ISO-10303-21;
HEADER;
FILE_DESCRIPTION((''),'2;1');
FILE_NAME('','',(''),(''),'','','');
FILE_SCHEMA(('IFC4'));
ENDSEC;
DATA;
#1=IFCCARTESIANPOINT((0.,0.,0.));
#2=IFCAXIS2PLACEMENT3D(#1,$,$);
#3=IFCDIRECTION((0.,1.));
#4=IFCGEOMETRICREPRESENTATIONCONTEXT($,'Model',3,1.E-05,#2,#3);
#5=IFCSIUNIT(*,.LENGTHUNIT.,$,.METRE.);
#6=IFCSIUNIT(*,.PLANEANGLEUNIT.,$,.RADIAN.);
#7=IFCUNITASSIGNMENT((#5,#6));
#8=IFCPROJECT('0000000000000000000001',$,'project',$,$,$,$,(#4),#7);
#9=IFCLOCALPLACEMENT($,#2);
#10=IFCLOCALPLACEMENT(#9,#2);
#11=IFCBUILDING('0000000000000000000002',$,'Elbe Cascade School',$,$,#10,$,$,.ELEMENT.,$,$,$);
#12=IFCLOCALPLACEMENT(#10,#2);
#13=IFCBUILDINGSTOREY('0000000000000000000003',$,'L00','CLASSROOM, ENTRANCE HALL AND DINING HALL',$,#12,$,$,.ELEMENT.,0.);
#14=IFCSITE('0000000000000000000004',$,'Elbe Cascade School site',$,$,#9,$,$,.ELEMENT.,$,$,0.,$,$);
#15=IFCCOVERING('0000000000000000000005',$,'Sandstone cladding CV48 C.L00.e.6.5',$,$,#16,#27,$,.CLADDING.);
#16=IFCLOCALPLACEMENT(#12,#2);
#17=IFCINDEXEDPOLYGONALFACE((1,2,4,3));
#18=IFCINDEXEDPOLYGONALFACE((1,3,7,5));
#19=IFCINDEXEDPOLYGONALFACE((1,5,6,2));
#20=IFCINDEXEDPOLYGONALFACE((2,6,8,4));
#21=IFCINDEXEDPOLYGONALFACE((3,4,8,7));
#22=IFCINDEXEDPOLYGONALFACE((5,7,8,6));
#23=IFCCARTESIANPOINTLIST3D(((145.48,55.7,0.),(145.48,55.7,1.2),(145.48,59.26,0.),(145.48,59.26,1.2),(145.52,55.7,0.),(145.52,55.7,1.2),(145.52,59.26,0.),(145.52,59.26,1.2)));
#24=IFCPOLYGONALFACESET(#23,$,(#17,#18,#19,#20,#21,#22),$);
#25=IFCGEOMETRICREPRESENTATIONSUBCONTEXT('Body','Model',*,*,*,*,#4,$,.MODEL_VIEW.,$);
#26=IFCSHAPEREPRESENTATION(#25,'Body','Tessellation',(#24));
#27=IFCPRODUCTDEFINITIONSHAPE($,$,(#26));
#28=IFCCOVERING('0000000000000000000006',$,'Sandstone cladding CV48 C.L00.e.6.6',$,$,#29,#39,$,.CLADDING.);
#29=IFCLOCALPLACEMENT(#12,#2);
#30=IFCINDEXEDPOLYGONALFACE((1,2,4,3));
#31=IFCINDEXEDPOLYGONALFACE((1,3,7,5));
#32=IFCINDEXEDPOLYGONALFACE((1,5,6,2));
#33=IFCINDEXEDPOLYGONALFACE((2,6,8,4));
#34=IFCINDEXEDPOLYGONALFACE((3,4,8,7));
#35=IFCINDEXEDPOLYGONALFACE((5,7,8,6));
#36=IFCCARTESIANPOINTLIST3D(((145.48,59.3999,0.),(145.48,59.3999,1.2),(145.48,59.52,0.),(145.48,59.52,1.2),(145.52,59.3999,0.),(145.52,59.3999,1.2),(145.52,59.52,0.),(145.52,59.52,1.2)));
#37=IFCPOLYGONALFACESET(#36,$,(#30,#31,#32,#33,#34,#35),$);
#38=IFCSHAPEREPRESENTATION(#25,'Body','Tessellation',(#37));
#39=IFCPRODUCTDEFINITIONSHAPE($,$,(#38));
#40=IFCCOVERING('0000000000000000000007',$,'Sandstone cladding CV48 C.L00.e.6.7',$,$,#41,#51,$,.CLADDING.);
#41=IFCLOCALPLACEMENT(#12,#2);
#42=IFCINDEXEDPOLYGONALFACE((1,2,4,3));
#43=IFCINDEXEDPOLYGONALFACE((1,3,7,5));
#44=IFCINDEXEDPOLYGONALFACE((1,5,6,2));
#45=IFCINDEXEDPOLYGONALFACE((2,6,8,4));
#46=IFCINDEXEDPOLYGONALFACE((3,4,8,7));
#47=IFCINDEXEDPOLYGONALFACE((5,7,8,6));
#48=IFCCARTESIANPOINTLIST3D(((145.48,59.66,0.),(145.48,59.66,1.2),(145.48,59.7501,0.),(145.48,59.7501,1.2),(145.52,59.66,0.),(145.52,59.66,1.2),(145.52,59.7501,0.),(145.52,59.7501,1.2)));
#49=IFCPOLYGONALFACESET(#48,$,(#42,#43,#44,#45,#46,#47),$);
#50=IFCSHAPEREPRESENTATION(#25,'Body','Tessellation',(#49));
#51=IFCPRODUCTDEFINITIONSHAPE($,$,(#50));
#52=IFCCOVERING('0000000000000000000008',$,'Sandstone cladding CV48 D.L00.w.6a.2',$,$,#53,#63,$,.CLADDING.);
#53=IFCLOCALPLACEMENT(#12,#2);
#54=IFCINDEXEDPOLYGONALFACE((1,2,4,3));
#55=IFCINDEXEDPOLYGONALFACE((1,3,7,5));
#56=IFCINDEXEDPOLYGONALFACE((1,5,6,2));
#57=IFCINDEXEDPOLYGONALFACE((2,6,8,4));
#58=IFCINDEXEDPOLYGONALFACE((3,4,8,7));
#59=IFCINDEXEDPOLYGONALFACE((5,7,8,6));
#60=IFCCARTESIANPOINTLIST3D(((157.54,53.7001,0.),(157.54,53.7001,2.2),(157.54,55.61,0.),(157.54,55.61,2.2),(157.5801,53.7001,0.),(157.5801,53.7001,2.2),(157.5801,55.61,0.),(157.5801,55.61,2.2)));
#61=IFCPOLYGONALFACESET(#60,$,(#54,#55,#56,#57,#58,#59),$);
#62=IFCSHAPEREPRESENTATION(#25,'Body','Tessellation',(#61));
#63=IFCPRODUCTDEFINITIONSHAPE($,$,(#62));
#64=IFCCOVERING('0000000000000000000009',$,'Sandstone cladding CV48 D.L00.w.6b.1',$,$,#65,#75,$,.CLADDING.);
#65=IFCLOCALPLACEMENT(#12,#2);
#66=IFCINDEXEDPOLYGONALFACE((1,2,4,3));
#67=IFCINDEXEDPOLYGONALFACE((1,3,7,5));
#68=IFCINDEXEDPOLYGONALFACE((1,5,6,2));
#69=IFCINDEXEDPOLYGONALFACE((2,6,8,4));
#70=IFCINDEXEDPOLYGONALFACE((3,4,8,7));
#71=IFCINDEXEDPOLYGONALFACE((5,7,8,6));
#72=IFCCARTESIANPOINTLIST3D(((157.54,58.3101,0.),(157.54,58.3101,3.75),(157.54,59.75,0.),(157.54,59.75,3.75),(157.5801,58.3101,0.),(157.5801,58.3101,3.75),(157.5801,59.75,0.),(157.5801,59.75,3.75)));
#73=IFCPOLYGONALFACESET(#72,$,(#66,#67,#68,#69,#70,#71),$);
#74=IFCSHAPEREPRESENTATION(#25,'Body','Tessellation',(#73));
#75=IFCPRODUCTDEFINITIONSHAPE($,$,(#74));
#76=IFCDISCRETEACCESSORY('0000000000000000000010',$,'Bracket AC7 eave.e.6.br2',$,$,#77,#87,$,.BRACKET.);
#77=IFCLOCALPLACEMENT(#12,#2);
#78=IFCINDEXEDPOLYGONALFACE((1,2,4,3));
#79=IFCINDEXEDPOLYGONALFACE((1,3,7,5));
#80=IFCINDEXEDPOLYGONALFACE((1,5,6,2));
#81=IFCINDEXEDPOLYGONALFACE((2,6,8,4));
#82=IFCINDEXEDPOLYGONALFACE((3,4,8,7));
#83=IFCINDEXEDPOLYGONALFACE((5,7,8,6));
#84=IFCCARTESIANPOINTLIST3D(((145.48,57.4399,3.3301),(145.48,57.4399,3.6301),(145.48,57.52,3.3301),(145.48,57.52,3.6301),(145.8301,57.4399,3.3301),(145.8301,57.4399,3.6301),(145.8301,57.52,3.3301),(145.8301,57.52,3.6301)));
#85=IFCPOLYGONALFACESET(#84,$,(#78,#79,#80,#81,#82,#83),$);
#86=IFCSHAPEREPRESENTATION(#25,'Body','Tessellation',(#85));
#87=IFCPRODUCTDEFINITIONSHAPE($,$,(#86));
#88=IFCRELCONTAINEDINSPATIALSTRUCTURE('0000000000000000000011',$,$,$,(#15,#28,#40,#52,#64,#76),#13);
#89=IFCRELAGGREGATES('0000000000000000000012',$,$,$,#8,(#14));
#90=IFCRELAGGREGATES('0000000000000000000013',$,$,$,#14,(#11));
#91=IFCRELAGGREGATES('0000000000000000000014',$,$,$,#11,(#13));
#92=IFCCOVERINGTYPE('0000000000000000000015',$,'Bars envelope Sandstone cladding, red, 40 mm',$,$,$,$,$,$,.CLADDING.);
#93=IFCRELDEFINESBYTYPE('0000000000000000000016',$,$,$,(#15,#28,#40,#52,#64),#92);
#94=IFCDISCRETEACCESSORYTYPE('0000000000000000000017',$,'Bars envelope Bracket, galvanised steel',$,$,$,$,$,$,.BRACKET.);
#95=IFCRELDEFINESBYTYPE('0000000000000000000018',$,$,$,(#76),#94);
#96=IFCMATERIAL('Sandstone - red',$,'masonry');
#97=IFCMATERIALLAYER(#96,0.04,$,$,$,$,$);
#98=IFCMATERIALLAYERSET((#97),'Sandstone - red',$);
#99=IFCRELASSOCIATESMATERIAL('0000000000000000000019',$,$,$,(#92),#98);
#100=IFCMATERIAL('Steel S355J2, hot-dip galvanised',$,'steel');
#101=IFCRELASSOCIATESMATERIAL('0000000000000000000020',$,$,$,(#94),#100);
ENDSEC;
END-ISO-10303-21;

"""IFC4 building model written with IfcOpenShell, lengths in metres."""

from ifc_helpers import new_model, si_unit, direction, frame, origin, origin_2d, place, context, subcontext, project, spatial, rectangle, extrude, material, layer, layer_set, type_object, element, save


model = new_model("IFC4")

# Units and contexts
model_context = context("Model", 3, precision=1e-05, world=origin(), true_north=direction((0.0, 1.0)))
body_context = subcontext(model_context, "Body", "Model", "MODEL_VIEW")
ifc_project = project(units=[si_unit("LENGTHUNIT", "METRE"), si_unit("PLANEANGLEUNIT", "RADIAN")], contexts=[model_context])

# Site, building, storey
site_placement = place(None, origin())
site = spatial("IfcSite", under=ifc_project, at=site_placement, Name="Elbe Cascade School site", CompositionType="ELEMENT", RefElevation=0.0)
building_placement = place(site_placement, origin())
building = spatial("IfcBuilding", under=site, at=building_placement, Name="Elbe Cascade School", CompositionType="ELEMENT")
storey_placement = place(building_placement, origin())
storey = spatial("IfcBuildingStorey", under=building, at=storey_placement, Name="L00", Description="CLASSROOM, ENTRANCE HALL AND DINING HALL", CompositionType="ELEMENT", Elevation=0.0)

# Coverings
ifc_material_1 = material(Name="Sandstone - red", Category="masonry")
ifc_layer_1 = layer(ifc_material_1, 0.04)
ifc_layer_set_1 = layer_set([ifc_layer_1], Name="Sandstone - red")
covering_type_1 = type_object("IfcCoveringType", Name="Bars envelope Sandstone cladding, red, 40 mm", PredefinedType="CLADDING", material=ifc_layer_set_1)
covering_1_placement = place(storey_placement, frame((145.5, 57.48, 0.0), z_axis=(0.0, 0.0, 1.0), x_axis=(0.0, 1.0, 0.0)))
element("IfcCovering", 1, at=covering_1_placement, inside=storey, type_object=covering_type_1, Name="Sandstone cladding CV48 C.L00.e.6.5", PredefinedType="CLADDING", context=body_context, shape_type="SweptSolid", body=[
    extrude(rectangle(XDim=3.5601, YDim=0.04, at=origin_2d()), origin(), (0.0, 0.0, 1.0), 1.2),
])
covering_2_placement = place(storey_placement, frame((145.5, 59.46, 0.0), z_axis=(0.0, 0.0, 1.0), x_axis=(0.0, 1.0, 0.0)))
element("IfcCovering", 2, at=covering_2_placement, inside=storey, type_object=covering_type_1, Name="Sandstone cladding CV48 C.L00.e.6.6", PredefinedType="CLADDING", context=body_context, shape_type="SweptSolid", body=[
    extrude(rectangle(XDim=0.1201, YDim=0.04, at=origin_2d()), origin(), (0.0, 0.0, 1.0), 1.2),
])
covering_3_placement = place(storey_placement, frame((145.5, 59.7051, 0.0), z_axis=(0.0, 0.0, 1.0), x_axis=(0.0, 1.0, 0.0)))
element("IfcCovering", 3, at=covering_3_placement, inside=storey, type_object=covering_type_1, Name="Sandstone cladding CV48 C.L00.e.6.7", PredefinedType="CLADDING", context=body_context, shape_type="SweptSolid", body=[
    extrude(rectangle(XDim=0.0901, YDim=0.04, at=origin_2d()), origin(), (0.0, 0.0, 1.0), 1.2),
])
covering_4_placement = place(storey_placement, frame((157.5601, 54.655, 0.0), z_axis=(0.0, 0.0, 1.0), x_axis=(0.0, 1.0, 0.0)))
element("IfcCovering", 4, at=covering_4_placement, inside=storey, type_object=covering_type_1, Name="Sandstone cladding CV48 D.L00.w.6a.2", PredefinedType="CLADDING", context=body_context, shape_type="SweptSolid", body=[
    extrude(rectangle(XDim=1.9099, YDim=0.04, at=origin_2d()), origin(), (0.0, 0.0, 1.0), 2.2),
])
covering_5_placement = place(storey_placement, frame((157.5601, 59.03, 0.0), z_axis=(0.0, 0.0, 1.0), x_axis=(0.0, 1.0, 0.0)))
element("IfcCovering", 5, at=covering_5_placement, inside=storey, type_object=covering_type_1, Name="Sandstone cladding CV48 D.L00.w.6b.1", PredefinedType="CLADDING", context=body_context, shape_type="SweptSolid", body=[
    extrude(rectangle(XDim=1.4399, YDim=0.04, at=origin_2d()), origin(), (0.0, 0.0, 1.0), 3.75),
])

# Discrete accessory
ifc_material_2 = material(Name="Steel S355J2, hot-dip galvanised", Category="steel")
discrete_accessory_type = type_object("IfcDiscreteAccessoryType", Name="Bars envelope Bracket, galvanised steel", PredefinedType="BRACKET", material=ifc_material_2)
discrete_accessory_placement = place(storey_placement, frame((145.655, 57.48, 3.3301), z_axis=(0.0, 0.0, 1.0), x_axis=(0.0, 1.0, 0.0)))
element("IfcDiscreteAccessory", 6, at=discrete_accessory_placement, inside=storey, type_object=discrete_accessory_type, Name="Bracket AC7 eave.e.6.br2", PredefinedType="BRACKET", context=body_context, shape_type="SweptSolid", body=[
    extrude(rectangle(XDim=0.0801, YDim=0.3501, at=origin_2d()), origin(), (0.0, 0.0, 1.0), 0.3),
])

save(model, "model.ifc")
